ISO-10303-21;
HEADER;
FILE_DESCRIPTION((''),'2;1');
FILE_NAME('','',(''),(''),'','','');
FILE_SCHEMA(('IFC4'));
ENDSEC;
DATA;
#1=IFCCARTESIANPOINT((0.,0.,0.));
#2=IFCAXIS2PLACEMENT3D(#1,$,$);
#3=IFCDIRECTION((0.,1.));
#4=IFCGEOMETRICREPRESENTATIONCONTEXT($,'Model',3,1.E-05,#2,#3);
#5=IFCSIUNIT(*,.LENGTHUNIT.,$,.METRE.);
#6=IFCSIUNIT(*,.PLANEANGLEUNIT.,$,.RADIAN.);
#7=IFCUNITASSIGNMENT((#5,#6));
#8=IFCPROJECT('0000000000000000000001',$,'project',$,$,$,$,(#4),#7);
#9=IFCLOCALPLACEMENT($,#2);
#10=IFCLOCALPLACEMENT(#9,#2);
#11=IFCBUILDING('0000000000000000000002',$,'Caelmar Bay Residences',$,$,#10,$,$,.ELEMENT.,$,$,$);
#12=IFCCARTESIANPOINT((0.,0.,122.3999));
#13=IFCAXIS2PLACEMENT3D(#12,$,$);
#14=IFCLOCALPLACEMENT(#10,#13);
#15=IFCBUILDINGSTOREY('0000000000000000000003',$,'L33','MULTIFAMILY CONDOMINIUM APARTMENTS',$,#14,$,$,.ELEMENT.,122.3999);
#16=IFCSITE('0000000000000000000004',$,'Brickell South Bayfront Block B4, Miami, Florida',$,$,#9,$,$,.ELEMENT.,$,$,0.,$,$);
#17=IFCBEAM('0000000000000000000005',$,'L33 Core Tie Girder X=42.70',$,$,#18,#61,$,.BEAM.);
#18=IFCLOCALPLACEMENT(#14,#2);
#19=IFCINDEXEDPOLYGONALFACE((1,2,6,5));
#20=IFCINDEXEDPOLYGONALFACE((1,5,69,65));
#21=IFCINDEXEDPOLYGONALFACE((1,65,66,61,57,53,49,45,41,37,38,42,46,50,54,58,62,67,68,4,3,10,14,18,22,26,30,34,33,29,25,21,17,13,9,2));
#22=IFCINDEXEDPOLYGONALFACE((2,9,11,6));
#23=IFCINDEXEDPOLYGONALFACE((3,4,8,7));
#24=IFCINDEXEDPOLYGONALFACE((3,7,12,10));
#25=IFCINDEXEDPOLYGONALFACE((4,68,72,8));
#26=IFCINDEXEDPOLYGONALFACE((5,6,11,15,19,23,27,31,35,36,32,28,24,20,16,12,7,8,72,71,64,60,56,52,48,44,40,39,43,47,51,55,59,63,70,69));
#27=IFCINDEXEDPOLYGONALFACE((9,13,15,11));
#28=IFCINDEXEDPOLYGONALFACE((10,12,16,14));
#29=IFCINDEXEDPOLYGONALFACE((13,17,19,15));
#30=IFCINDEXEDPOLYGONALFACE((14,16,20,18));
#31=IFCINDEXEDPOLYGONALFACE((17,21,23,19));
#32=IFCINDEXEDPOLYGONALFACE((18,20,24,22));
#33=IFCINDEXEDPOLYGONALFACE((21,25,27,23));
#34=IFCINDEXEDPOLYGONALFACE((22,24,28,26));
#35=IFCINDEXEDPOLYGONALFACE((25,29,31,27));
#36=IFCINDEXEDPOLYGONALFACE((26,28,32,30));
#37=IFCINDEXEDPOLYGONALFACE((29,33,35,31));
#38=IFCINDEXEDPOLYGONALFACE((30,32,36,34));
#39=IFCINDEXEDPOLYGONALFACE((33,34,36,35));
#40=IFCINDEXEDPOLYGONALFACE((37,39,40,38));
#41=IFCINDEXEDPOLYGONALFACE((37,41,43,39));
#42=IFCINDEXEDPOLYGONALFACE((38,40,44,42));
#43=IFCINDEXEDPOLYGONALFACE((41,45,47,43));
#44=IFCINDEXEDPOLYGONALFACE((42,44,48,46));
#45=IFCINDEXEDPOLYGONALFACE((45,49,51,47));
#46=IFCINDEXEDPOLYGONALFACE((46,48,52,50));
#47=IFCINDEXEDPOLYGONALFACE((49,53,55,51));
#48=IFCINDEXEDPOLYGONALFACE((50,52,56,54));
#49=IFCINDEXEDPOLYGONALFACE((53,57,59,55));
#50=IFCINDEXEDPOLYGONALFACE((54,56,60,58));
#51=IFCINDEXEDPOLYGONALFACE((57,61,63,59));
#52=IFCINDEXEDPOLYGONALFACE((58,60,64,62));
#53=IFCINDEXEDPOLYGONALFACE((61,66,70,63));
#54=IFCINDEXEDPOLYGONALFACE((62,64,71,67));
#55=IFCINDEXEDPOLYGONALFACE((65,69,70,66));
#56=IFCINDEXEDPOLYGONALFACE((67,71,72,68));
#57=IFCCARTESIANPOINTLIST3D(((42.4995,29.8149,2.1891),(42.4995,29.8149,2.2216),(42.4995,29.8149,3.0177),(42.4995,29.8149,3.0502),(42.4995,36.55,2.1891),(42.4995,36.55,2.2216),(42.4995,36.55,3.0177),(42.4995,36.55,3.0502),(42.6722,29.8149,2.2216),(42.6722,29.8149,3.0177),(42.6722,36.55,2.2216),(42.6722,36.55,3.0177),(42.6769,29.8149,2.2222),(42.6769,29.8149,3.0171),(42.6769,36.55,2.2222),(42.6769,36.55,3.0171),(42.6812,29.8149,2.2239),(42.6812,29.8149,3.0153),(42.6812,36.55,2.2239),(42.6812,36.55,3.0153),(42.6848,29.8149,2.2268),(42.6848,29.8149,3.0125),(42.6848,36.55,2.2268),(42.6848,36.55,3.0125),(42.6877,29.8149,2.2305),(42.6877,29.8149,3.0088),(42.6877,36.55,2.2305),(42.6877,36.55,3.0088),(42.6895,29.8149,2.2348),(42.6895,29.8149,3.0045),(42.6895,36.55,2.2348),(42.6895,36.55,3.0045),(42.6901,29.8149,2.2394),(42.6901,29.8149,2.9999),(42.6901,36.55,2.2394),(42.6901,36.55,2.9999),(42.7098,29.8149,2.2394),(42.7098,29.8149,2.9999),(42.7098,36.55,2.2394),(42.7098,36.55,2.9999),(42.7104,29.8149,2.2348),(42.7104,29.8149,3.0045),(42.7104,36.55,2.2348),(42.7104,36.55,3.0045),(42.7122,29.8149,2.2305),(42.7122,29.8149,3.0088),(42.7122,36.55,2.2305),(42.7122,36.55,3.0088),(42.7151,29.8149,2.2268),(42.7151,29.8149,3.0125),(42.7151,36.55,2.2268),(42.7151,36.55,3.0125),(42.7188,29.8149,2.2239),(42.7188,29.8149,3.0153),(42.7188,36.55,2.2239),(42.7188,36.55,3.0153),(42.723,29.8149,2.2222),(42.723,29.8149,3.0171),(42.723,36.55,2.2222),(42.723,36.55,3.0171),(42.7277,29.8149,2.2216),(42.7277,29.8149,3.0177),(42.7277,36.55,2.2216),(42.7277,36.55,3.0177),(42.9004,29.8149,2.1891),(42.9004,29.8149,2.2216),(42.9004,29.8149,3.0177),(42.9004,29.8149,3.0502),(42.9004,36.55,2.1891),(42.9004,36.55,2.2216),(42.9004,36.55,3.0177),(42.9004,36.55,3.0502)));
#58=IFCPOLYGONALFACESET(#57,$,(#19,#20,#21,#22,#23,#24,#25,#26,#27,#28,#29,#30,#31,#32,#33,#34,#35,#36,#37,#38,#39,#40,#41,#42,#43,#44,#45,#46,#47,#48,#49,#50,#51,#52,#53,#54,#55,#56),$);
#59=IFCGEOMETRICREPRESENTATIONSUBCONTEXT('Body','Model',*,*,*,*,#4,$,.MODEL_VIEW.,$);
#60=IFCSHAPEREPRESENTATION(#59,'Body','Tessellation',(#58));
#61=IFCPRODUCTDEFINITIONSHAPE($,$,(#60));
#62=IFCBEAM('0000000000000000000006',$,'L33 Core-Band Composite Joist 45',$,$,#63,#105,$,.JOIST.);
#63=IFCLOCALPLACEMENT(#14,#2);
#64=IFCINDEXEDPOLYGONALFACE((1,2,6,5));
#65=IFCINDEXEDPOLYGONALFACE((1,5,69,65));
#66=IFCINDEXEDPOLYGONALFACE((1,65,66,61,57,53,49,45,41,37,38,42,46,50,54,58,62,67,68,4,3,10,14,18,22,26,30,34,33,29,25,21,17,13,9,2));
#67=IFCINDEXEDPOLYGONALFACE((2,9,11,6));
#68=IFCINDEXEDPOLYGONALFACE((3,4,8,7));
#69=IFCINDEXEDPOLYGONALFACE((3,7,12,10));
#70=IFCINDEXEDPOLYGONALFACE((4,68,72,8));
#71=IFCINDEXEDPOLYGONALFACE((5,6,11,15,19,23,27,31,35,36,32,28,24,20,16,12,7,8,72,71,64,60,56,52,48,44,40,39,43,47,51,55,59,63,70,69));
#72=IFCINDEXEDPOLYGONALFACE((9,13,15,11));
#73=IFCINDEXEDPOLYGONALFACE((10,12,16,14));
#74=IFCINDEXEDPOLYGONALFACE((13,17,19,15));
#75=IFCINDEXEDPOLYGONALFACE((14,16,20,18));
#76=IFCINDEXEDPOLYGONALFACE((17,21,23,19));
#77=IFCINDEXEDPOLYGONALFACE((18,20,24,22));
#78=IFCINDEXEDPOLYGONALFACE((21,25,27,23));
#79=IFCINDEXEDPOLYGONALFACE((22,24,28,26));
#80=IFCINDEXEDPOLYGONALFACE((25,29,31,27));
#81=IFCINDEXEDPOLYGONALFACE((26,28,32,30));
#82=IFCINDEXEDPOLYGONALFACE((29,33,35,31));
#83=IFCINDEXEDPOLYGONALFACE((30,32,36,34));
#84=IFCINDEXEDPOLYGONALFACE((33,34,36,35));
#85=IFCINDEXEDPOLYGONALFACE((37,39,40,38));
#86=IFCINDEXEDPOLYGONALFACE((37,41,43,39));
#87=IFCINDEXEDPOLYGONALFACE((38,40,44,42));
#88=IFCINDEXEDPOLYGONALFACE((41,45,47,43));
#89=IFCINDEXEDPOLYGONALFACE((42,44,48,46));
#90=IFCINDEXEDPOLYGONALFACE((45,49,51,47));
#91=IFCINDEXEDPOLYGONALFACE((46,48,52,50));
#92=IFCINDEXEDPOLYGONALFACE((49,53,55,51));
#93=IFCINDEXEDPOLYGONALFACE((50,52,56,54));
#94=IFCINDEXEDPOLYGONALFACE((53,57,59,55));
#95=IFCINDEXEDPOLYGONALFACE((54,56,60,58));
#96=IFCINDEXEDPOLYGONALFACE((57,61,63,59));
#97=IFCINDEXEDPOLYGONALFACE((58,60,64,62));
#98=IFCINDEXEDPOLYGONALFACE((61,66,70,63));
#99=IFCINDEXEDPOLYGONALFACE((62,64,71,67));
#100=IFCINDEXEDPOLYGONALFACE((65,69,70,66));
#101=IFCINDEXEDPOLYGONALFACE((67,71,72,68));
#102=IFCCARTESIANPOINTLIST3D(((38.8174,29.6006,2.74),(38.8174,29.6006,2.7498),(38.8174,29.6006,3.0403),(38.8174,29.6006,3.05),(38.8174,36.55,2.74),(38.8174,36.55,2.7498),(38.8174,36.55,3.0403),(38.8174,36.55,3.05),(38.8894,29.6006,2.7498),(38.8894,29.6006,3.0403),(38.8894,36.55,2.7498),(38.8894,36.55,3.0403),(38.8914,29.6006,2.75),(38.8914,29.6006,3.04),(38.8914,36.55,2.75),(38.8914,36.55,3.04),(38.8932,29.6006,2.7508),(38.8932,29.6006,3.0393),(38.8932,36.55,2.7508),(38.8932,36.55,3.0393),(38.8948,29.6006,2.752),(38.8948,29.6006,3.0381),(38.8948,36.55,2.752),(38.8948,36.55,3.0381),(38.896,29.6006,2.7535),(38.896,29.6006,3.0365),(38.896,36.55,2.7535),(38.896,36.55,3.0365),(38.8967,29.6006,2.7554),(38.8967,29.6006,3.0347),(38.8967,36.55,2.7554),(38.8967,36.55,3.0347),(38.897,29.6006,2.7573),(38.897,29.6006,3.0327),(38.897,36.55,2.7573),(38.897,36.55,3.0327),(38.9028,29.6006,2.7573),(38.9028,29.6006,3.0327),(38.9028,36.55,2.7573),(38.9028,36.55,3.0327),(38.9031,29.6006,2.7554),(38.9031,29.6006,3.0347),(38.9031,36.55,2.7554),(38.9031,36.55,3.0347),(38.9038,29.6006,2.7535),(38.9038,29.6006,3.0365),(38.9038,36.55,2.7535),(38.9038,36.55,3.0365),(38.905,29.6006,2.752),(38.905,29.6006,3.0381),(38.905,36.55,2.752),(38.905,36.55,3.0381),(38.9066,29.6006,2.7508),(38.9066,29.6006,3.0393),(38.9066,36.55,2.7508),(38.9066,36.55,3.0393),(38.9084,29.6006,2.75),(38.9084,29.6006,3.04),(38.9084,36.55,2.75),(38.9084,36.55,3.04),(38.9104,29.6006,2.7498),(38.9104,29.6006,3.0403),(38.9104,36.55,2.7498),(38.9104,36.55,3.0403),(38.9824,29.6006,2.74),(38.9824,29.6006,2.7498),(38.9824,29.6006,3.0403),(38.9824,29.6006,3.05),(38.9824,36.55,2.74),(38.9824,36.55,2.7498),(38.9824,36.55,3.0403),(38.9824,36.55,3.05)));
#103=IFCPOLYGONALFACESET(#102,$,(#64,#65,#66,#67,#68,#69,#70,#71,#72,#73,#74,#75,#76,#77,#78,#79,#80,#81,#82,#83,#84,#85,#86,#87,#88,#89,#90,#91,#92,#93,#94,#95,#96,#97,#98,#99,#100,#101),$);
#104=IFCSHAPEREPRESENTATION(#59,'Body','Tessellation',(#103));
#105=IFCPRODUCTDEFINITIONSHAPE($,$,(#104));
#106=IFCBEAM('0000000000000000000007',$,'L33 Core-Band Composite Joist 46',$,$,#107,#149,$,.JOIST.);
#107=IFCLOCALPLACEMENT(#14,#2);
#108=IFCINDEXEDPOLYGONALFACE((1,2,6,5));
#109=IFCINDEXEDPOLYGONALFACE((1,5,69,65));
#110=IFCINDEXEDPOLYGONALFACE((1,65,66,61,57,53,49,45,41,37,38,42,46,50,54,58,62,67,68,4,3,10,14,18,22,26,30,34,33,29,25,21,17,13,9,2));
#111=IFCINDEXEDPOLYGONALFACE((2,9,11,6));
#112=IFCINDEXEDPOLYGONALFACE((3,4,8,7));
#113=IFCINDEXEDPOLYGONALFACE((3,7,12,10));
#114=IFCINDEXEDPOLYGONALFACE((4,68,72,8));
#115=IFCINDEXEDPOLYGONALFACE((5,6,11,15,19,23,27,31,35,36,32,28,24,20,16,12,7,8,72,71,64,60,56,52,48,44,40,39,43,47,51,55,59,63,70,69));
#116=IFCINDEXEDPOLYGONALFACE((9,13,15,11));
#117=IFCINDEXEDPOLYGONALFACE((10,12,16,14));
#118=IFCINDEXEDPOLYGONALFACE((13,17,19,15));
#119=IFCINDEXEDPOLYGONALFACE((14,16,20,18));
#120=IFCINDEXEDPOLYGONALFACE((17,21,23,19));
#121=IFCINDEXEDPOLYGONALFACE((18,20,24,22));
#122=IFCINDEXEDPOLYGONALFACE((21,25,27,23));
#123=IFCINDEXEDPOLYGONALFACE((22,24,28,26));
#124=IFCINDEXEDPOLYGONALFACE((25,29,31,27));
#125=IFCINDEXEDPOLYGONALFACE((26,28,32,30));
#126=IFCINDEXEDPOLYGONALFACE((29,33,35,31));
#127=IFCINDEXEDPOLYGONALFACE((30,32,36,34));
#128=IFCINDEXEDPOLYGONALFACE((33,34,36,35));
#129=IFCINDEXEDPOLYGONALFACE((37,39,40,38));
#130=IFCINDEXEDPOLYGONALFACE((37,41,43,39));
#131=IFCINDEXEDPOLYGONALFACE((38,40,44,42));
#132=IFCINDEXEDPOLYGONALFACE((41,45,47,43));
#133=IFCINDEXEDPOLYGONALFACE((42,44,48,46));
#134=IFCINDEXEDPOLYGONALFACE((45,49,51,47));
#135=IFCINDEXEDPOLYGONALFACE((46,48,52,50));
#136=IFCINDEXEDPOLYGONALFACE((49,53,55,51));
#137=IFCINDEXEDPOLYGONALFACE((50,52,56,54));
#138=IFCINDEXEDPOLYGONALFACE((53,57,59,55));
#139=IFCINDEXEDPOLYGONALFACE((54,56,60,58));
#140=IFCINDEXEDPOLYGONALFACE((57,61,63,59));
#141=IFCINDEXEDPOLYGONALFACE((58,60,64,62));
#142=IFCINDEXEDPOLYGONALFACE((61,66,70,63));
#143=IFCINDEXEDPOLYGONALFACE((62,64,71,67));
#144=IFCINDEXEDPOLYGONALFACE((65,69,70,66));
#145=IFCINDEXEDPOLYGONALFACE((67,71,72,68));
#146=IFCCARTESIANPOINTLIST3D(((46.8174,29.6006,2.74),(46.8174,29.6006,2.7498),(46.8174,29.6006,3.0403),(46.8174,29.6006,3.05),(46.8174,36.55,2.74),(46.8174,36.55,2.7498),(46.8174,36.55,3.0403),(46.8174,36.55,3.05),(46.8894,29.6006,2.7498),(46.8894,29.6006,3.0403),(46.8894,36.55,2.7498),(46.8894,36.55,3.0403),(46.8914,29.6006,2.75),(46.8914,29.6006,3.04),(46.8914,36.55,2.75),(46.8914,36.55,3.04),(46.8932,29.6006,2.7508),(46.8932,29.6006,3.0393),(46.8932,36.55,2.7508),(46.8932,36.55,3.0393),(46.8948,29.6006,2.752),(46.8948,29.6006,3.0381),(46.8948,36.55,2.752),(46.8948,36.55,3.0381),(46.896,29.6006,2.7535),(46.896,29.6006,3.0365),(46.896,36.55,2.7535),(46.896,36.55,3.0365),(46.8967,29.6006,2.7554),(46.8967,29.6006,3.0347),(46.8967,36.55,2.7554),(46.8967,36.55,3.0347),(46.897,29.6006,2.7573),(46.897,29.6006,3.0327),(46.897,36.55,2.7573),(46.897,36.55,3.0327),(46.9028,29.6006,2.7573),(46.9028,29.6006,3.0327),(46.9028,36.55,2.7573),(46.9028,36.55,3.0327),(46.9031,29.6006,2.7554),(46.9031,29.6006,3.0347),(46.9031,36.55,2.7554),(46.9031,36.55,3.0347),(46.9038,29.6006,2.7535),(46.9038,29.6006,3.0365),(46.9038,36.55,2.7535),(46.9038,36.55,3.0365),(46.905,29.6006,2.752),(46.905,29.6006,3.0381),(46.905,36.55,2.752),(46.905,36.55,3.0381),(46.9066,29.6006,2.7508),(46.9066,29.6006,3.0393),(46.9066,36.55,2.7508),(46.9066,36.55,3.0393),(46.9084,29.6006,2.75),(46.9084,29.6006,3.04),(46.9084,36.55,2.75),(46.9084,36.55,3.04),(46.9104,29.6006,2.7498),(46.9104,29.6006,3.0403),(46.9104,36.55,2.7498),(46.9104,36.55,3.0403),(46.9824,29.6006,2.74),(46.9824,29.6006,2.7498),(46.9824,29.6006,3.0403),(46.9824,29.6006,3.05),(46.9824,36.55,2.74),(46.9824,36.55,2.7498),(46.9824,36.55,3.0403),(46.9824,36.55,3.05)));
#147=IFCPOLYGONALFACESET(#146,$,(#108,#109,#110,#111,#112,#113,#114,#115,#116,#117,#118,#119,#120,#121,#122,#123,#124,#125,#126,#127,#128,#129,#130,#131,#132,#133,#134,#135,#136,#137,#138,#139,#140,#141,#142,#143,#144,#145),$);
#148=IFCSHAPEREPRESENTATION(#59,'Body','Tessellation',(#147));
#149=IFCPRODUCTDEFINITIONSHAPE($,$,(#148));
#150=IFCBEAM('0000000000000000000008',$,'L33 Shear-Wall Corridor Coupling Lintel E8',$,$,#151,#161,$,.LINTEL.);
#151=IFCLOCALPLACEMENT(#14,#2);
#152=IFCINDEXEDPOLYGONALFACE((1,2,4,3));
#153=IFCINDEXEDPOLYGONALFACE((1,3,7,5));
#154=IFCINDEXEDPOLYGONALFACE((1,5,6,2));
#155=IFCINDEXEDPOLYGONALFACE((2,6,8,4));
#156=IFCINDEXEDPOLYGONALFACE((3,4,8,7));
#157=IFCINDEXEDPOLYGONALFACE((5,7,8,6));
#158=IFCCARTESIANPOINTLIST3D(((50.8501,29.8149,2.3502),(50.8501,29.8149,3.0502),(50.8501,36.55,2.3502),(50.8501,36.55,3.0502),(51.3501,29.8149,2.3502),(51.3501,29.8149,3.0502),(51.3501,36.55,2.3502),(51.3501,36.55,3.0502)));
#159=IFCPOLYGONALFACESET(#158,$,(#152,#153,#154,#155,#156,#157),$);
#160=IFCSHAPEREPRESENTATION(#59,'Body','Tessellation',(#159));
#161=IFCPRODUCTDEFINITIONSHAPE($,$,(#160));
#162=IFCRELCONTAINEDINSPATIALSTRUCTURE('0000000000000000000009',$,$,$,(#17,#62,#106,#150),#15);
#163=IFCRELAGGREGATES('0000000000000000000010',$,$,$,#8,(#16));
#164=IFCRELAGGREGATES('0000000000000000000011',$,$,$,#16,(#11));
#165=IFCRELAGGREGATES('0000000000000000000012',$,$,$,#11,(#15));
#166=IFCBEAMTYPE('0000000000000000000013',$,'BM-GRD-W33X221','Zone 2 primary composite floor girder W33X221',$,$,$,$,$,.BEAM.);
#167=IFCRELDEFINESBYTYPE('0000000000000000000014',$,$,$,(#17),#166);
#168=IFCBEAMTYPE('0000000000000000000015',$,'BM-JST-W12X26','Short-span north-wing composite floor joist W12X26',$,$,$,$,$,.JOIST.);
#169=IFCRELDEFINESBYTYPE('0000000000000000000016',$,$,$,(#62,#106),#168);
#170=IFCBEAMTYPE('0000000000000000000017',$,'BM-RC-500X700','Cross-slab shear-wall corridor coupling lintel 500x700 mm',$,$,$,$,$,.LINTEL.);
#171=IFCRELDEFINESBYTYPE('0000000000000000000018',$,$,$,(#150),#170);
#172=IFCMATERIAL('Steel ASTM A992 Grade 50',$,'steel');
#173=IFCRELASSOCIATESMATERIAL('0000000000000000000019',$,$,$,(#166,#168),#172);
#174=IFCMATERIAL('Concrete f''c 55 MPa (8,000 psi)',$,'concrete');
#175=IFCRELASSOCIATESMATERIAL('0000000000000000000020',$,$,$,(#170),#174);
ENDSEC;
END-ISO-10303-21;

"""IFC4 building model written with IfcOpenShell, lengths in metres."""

from ifc_helpers import new_model, si_unit, direction, frame, origin, origin_2d, place, context, subcontext, project, spatial, rectangle, i_section, extrude, material, material_profile, profile_set, type_object, element, save


model = new_model("IFC4")

# Units and contexts
model_context = context("Model", 3, precision=1e-05, world=origin(), true_north=direction((0.0, 1.0)))
body_context = subcontext(model_context, "Body", "Model", "MODEL_VIEW")
ifc_project = project(units=[si_unit("LENGTHUNIT", "METRE"), si_unit("PLANEANGLEUNIT", "RADIAN")], contexts=[model_context])

# Site, building, storey
site_placement = place(None, origin())
site = spatial("IfcSite", under=ifc_project, at=site_placement, Name="Brickell South Bayfront Block B4, Miami, Florida", CompositionType="ELEMENT", RefElevation=0.0)
building_placement = place(site_placement, origin())
building = spatial("IfcBuilding", under=site, at=building_placement, Name="Caelmar Bay Residences", CompositionType="ELEMENT")
storey_placement = place(building_placement, frame((0.0, 0.0, 122.3999)))
storey = spatial("IfcBuildingStorey", under=building, at=storey_placement, Name="L33", Description="MULTIFAMILY CONDOMINIUM APARTMENTS", CompositionType="ELEMENT", Elevation=122.3999)

# Beams
ifc_material_1 = material(Name="Steel ASTM A992 Grade 50", Category="steel")
ifc_material_profile_1 = material_profile(ifc_material_1, i_section(OverallWidth=0.4009, OverallDepth=0.8611, WebThickness=0.0198, FlangeThickness=0.0325, FilletRadius=0.0178, at=origin_2d()), Name="W33X221")
ifc_profile_set_1 = profile_set([ifc_material_profile_1], Name="Steel ASTM A992 Grade 50")
beam_type_1 = type_object("IfcBeamType", Name="BM-GRD-W33X221", Description="Zone 2 primary composite floor girder W33X221", PredefinedType="BEAM", material=ifc_profile_set_1)
beam_1_placement = place(storey_placement, frame((42.7, 29.8149, 2.6196), z_axis=(0.0, 1.0, 0.0), x_axis=(-1.0, 0.0, 0.0)))
element("IfcBeam", 1, at=beam_1_placement, inside=storey, type_object=beam_type_1, Name="L33 Core Tie Girder X=42.70", PredefinedType="BEAM", context=body_context, shape_type="SweptSolid", body=[
    extrude(i_section(OverallWidth=0.4009, OverallDepth=0.8611, WebThickness=0.0198, FlangeThickness=0.0325, FilletRadius=0.0178, at=origin_2d()), origin(), (0.0, 0.0, 1.0), 6.7351),
])
ifc_material_profile_2 = material_profile(ifc_material_1, i_section(OverallWidth=0.165, OverallDepth=0.3101, WebThickness=0.0059, FlangeThickness=0.0098, FilletRadius=0.0076, at=origin_2d()), Name="W12X26")
ifc_profile_set_2 = profile_set([ifc_material_profile_2], Name="Steel ASTM A992 Grade 50")
beam_type_2 = type_object("IfcBeamType", Name="BM-JST-W12X26", Description="Short-span north-wing composite floor joist W12X26", PredefinedType="JOIST", material=ifc_profile_set_2)
for number, where, z_axis, x_axis, name in (
    (2, (38.8999, 29.6006, 2.895), (0.0, 1.0, 0.0), (-1.0, 0.0, 0.0), "L33 Core-Band Composite Joist 45"),
    (3, (46.8999, 29.6006, 2.895), (0.0, 1.0, 0.0), (-1.0, 0.0, 0.0), "L33 Core-Band Composite Joist 46"),
):
    element("IfcBeam", number, at=place(storey_placement, frame(where, z_axis=z_axis, x_axis=x_axis)), inside=storey, type_object=beam_type_2, Name=name, PredefinedType="JOIST", context=body_context, shape_type="SweptSolid", body=[
        extrude(i_section(OverallWidth=0.165, OverallDepth=0.3101, WebThickness=0.0059, FlangeThickness=0.0098, FilletRadius=0.0076, at=origin_2d()), origin(), (0.0, 0.0, 1.0), 6.9495),
    ])
ifc_material_2 = material(Name="Concrete f'c 55 MPa (8,000 psi)", Category="concrete")
ifc_material_profile_3 = material_profile(ifc_material_2, rectangle(XDim=0.5, YDim=0.7, at=origin_2d()), Name="RC-BM-500X700")
ifc_profile_set_3 = profile_set([ifc_material_profile_3], Name="Concrete f'c 55 MPa (8,000 psi)")
beam_type_3 = type_object("IfcBeamType", Name="BM-RC-500X700", Description="Cross-slab shear-wall corridor coupling lintel 500x700 mm", PredefinedType="LINTEL", material=ifc_profile_set_3)
beam_2_placement = place(storey_placement, frame((51.1001, 29.8149, 2.7002), z_axis=(0.0, 1.0, 0.0), x_axis=(-1.0, 0.0, 0.0)))
element("IfcBeam", 4, at=beam_2_placement, inside=storey, type_object=beam_type_3, Name="L33 Shear-Wall Corridor Coupling Lintel E8", PredefinedType="LINTEL", context=body_context, shape_type="SweptSolid", body=[
    extrude(rectangle(XDim=0.5, YDim=0.7, at=origin_2d()), origin(), (0.0, 0.0, 1.0), 6.7351),
])

save(model, "model.ifc")
